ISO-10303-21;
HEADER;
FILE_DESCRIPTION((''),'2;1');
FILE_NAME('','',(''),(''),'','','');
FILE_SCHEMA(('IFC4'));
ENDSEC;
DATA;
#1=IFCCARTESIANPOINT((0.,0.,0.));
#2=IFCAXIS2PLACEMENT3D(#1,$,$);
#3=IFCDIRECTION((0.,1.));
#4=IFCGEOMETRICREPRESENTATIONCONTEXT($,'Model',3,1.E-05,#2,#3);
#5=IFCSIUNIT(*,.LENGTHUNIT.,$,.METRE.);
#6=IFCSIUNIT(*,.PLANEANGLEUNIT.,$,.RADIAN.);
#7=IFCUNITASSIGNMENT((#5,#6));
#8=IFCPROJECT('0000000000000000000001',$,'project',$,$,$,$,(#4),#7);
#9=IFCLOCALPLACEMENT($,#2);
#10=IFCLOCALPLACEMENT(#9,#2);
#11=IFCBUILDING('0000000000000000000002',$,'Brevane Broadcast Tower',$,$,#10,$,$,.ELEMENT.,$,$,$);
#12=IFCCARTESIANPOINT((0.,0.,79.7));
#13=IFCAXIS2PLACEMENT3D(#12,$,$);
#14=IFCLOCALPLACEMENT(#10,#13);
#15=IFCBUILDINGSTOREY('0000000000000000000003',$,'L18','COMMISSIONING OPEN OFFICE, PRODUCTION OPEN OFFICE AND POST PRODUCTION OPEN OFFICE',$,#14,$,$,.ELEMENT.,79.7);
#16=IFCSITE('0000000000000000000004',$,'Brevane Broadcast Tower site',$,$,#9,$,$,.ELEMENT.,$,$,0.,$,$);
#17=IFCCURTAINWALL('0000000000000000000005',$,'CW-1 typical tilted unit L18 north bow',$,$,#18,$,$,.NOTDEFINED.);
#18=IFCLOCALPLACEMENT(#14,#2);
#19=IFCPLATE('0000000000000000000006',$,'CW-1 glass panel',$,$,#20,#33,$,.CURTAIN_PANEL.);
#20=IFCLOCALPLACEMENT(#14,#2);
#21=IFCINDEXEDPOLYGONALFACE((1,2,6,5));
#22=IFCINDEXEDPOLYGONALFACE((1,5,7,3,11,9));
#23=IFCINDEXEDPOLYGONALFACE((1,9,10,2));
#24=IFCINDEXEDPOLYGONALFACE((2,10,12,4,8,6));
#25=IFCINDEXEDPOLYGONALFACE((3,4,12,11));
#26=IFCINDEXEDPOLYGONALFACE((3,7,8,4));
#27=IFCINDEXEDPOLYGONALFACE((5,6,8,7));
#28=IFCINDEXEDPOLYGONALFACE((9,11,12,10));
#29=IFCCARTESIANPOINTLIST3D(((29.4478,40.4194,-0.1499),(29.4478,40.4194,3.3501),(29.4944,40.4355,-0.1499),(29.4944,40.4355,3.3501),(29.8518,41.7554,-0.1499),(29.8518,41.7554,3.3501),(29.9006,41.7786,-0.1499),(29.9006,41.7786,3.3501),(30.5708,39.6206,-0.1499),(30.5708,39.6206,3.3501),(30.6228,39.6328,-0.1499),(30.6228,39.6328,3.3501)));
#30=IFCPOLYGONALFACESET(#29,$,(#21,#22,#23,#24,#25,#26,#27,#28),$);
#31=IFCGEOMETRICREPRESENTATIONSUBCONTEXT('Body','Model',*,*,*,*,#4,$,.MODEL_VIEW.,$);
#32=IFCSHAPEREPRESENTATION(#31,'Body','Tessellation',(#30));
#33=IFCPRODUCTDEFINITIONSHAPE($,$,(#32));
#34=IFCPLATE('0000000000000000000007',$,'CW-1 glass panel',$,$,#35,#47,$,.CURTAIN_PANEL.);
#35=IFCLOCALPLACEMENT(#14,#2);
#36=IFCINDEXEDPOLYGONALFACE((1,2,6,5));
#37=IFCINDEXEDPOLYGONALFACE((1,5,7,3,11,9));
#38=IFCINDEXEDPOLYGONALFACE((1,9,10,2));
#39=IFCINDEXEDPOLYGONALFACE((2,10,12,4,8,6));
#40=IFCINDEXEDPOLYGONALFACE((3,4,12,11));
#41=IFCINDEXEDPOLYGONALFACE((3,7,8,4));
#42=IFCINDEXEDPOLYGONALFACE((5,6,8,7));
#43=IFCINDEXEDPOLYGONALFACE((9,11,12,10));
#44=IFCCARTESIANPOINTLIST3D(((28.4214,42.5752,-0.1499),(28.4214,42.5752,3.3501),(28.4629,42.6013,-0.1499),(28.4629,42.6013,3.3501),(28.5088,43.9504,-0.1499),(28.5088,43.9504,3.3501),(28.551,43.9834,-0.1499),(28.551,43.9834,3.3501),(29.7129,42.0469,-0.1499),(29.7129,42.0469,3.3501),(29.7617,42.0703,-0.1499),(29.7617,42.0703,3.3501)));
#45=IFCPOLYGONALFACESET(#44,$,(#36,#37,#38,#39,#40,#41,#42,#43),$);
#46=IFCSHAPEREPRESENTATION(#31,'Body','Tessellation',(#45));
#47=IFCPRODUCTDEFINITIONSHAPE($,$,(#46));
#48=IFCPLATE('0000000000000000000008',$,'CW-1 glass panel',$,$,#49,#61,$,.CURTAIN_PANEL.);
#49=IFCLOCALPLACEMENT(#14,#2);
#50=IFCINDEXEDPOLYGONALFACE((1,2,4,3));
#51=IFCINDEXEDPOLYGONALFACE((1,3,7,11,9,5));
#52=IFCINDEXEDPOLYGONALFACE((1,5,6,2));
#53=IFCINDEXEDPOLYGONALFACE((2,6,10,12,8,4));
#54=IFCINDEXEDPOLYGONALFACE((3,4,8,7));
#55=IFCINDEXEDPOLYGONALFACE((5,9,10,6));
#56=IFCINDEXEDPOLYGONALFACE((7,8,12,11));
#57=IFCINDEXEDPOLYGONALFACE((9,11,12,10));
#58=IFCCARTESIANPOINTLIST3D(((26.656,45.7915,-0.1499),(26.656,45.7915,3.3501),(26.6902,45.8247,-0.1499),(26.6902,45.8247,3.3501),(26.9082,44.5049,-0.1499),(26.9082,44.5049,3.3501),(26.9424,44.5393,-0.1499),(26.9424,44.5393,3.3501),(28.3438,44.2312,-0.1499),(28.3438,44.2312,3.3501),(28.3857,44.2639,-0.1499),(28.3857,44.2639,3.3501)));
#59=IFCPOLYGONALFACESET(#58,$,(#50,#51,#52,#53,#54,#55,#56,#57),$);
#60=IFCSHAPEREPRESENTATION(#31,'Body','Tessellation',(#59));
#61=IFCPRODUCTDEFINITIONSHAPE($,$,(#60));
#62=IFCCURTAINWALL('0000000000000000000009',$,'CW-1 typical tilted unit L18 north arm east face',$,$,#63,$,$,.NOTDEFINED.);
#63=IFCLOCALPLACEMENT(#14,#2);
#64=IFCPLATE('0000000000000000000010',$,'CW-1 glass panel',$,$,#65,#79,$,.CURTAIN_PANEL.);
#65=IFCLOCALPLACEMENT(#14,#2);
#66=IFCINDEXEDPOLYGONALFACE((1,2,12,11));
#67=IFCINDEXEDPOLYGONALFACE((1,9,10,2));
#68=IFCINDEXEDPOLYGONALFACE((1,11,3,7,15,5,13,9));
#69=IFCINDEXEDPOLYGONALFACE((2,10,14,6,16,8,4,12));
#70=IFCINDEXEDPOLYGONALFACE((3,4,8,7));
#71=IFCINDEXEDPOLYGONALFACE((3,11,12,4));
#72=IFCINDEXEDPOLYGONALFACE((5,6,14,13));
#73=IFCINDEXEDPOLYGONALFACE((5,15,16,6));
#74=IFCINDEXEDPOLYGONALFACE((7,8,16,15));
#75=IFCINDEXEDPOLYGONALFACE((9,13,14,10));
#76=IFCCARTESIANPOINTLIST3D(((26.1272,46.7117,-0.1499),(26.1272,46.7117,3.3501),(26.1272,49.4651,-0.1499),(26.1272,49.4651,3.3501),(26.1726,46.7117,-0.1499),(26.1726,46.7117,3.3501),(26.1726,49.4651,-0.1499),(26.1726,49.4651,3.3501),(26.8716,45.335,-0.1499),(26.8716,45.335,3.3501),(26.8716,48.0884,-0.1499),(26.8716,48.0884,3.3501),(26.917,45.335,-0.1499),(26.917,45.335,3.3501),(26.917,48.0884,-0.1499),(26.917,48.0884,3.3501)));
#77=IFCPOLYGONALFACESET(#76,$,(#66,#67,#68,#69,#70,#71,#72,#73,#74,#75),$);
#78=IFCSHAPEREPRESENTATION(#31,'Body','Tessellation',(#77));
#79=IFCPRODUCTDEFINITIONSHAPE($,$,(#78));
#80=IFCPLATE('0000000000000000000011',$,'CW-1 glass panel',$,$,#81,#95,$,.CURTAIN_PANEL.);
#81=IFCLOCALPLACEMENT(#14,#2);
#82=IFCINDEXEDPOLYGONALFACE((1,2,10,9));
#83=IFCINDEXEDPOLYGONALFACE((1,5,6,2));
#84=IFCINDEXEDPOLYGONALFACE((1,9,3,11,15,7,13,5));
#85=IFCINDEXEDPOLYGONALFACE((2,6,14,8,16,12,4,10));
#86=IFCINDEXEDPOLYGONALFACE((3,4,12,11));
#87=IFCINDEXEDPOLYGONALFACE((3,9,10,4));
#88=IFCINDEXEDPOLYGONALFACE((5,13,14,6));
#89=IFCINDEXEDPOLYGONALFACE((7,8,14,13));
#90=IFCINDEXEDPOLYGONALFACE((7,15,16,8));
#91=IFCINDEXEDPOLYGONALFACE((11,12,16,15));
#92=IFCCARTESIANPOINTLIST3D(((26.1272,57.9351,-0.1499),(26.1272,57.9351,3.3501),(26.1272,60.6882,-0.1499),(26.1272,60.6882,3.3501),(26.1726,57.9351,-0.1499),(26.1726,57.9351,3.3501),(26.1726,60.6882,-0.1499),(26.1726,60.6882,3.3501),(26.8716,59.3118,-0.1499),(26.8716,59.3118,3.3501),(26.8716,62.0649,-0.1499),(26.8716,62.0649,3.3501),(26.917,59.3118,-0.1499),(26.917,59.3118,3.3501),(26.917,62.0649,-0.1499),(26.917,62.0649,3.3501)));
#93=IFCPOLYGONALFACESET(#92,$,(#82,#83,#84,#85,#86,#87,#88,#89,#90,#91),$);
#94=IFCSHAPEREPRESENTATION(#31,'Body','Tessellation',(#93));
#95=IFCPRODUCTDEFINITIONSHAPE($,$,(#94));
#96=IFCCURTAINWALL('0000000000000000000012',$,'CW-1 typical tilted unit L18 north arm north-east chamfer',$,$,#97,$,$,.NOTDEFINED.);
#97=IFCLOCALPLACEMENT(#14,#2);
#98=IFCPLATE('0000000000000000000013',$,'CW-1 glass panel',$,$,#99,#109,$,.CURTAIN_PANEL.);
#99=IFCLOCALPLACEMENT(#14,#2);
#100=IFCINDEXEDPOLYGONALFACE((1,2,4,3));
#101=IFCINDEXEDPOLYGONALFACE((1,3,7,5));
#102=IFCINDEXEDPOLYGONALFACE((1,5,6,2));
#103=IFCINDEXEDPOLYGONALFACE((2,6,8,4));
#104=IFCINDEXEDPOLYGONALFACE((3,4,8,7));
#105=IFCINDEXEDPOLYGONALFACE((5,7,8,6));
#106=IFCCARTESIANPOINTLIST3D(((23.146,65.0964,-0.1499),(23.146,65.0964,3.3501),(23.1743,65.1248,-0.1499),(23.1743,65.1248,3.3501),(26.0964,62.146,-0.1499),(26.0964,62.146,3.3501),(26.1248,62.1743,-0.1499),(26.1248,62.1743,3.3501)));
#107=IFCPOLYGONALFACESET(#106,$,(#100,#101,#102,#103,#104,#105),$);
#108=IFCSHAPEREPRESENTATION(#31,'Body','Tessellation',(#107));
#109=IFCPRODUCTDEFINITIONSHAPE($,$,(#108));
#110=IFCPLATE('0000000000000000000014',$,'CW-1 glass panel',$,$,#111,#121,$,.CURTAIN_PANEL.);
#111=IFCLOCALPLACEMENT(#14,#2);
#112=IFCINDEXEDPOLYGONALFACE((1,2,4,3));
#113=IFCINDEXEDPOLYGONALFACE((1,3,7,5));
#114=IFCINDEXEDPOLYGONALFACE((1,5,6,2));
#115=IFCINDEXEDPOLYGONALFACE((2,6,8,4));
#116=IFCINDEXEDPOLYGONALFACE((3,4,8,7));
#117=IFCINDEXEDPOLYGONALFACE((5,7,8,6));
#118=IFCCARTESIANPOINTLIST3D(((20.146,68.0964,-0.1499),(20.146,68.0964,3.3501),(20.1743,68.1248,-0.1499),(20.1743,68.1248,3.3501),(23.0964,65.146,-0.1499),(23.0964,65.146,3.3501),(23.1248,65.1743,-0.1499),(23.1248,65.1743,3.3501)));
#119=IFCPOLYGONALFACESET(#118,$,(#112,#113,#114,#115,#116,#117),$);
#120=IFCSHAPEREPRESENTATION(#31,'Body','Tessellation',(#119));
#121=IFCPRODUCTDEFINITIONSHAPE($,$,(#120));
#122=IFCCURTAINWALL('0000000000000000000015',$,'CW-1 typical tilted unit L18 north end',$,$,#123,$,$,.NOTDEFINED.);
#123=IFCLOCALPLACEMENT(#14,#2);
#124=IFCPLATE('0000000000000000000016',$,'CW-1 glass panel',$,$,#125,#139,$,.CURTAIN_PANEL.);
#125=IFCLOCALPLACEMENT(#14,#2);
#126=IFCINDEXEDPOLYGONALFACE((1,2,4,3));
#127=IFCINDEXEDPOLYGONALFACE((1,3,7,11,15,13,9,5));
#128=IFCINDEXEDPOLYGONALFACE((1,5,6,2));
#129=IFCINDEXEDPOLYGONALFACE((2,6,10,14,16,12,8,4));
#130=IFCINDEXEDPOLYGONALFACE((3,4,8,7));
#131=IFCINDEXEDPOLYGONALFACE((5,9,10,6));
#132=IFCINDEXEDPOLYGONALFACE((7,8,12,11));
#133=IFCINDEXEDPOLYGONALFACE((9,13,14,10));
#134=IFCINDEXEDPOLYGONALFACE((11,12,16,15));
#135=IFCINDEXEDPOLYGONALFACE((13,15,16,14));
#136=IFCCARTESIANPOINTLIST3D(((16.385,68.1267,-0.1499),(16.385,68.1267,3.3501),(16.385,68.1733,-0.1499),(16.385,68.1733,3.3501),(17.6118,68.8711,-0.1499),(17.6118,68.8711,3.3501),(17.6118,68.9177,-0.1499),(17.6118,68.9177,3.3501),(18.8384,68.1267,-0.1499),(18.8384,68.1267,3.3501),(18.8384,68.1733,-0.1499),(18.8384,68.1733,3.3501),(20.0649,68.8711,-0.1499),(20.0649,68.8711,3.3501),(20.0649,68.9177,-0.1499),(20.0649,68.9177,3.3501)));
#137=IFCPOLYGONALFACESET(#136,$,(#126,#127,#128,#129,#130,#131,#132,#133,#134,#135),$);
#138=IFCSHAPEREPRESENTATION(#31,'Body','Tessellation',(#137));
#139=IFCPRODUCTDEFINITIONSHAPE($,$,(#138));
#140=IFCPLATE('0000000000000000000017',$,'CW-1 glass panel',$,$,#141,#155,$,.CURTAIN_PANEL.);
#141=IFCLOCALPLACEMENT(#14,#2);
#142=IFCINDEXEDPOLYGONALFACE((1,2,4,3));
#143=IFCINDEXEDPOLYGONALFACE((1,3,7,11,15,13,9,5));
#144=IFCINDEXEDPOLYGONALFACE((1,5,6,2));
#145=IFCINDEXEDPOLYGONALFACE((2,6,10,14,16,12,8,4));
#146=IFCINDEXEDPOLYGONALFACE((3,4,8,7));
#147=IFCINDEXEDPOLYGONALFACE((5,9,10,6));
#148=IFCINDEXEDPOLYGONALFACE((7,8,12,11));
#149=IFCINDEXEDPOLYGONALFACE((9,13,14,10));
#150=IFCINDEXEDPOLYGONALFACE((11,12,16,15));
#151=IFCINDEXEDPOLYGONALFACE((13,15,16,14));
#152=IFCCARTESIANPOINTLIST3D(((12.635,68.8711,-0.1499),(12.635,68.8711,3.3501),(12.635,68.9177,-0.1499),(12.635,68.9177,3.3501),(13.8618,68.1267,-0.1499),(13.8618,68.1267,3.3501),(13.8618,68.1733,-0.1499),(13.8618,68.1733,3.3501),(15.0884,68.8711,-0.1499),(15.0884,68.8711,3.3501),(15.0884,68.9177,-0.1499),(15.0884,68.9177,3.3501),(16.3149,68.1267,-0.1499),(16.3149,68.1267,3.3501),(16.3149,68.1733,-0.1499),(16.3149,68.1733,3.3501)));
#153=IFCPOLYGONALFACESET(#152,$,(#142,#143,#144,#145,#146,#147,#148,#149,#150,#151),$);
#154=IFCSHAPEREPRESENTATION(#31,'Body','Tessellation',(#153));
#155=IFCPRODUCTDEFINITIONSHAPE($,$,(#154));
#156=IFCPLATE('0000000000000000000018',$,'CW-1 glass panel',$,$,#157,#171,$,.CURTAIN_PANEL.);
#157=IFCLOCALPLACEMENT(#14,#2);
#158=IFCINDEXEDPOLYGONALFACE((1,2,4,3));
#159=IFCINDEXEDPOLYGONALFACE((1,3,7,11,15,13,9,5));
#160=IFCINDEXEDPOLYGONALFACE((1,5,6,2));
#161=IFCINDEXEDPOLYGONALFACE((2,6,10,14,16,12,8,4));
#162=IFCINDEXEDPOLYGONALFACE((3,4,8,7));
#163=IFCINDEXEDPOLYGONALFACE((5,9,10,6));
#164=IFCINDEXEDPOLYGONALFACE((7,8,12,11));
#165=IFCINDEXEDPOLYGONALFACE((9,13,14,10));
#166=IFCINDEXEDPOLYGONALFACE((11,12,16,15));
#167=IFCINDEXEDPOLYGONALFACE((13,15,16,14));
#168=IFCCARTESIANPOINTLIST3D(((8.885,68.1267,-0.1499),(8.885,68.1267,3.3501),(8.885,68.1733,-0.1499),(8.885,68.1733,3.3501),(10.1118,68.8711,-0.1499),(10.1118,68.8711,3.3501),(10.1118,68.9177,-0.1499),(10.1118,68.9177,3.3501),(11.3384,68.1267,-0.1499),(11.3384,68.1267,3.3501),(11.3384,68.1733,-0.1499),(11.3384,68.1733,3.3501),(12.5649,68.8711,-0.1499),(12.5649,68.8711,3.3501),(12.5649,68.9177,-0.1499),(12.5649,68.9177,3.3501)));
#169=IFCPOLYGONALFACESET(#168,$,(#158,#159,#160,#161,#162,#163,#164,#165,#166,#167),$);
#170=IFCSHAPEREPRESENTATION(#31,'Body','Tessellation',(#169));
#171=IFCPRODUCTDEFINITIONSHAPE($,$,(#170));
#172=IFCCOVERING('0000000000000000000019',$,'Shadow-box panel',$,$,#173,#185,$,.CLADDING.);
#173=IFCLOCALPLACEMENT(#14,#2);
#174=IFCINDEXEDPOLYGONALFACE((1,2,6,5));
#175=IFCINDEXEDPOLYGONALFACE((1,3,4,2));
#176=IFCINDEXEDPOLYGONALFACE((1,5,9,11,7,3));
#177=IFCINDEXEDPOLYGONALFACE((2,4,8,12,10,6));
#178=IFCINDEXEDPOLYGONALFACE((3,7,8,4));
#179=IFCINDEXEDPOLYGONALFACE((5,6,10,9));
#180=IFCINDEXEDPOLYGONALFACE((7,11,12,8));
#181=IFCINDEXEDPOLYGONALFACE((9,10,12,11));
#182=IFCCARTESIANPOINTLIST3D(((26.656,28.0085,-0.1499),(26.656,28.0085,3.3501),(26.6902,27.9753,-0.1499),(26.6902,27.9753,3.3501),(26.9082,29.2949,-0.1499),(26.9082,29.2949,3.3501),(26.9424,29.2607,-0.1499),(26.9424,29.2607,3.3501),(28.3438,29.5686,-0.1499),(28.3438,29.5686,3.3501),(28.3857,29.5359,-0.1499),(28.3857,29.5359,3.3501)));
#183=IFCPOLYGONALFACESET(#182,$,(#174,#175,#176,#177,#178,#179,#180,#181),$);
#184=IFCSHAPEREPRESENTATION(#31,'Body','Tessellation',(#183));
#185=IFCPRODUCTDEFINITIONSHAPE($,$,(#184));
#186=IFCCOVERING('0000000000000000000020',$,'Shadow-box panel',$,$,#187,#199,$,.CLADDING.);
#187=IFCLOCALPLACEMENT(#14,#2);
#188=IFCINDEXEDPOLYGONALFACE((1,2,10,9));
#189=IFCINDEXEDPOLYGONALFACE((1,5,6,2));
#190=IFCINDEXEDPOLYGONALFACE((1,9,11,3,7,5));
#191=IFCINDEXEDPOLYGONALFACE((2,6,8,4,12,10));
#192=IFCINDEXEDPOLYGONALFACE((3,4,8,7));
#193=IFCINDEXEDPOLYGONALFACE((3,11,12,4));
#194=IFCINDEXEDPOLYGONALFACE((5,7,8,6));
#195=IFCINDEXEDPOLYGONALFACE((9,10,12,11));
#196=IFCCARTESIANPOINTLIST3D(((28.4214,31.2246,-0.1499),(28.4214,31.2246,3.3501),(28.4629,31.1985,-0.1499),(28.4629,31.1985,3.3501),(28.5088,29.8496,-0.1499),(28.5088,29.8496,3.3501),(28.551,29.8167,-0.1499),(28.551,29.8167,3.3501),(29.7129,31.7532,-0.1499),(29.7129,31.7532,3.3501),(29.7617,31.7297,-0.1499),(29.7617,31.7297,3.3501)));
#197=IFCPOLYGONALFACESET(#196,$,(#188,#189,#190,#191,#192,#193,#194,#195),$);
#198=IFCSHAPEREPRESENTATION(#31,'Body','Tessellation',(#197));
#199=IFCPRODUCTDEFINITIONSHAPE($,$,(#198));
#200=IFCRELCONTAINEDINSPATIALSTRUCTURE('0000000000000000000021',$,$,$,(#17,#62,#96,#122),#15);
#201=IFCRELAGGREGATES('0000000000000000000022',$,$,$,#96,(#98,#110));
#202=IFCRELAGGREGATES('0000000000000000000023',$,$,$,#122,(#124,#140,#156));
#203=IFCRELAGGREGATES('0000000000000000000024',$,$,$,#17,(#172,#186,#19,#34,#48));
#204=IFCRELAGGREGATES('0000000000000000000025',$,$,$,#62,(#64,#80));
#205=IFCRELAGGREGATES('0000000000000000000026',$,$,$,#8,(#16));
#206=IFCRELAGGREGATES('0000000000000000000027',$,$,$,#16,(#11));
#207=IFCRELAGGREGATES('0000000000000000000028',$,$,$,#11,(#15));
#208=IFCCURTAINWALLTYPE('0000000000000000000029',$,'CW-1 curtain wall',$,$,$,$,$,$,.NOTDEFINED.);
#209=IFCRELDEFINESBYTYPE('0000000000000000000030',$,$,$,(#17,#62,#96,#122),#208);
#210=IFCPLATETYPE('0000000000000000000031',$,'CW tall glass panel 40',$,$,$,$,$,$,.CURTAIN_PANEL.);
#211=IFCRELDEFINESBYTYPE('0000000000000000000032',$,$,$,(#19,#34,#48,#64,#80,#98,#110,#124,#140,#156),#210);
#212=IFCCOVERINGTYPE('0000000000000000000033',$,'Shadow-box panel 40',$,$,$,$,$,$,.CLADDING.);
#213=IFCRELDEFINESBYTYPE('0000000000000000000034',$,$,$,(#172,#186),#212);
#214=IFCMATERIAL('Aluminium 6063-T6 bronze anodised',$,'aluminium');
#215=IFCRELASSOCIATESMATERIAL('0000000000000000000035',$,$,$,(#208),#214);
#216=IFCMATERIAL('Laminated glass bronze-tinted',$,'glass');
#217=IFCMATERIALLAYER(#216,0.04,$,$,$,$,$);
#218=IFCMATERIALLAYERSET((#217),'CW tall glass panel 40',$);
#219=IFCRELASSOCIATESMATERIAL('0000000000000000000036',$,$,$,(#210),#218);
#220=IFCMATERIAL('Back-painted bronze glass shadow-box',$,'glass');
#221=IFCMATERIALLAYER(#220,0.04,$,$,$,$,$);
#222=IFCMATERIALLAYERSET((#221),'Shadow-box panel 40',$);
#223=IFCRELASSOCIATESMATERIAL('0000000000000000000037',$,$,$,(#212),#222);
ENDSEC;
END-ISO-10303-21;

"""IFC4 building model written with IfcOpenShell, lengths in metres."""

from ifc_helpers import new_model, si_unit, direction, frame, origin, place, context, subcontext, project, spatial, polyline, outline, extrude, material, layer, layer_set, type_object, element, aggregate, save


model = new_model("IFC4")

# Units and contexts
model_context = context("Model", 3, precision=1e-05, world=origin(), true_north=direction((0.0, 1.0)))
body_context = subcontext(model_context, "Body", "Model", "MODEL_VIEW")
ifc_project = project(units=[si_unit("LENGTHUNIT", "METRE"), si_unit("PLANEANGLEUNIT", "RADIAN")], contexts=[model_context])

# Site, building, storey
site_placement = place(None, origin())
site = spatial("IfcSite", under=ifc_project, at=site_placement, Name="Brevane Broadcast Tower site", CompositionType="ELEMENT", RefElevation=0.0)
building_placement = place(site_placement, origin())
building = spatial("IfcBuilding", under=site, at=building_placement, Name="Brevane Broadcast Tower", CompositionType="ELEMENT")
storey_placement = place(building_placement, frame((0.0, 0.0, 79.7)))
storey = spatial("IfcBuildingStorey", under=building, at=storey_placement, Name="L18", Description="COMMISSIONING OPEN OFFICE, PRODUCTION OPEN OFFICE AND POST PRODUCTION OPEN OFFICE", CompositionType="ELEMENT", Elevation=79.7)

# Shared definitions
ifc_material_1 = material(Name="Aluminium 6063-T6 bronze anodised", Category="aluminium")
curtain_wall_type = type_object("IfcCurtainWallType", Name="CW-1 curtain wall", PredefinedType="NOTDEFINED", material=ifc_material_1)

# Curtain walls, plates
ifc_material_2 = material(Name="Laminated glass bronze-tinted", Category="glass")
ifc_layer_1 = layer(ifc_material_2, 0.04)
ifc_layer_set_1 = layer_set([ifc_layer_1], Name="CW tall glass panel 40")
plate_type = type_object("IfcPlateType", Name="CW tall glass panel 40", PredefinedType="CURTAIN_PANEL", material=ifc_layer_set_1)
curtain_wall_1_placement = place(storey_placement, origin())
curtain_wall_1 = element("IfcCurtainWall", 1, at=curtain_wall_1_placement, inside=storey, type_object=curtain_wall_type, Name="CW-1 typical tilted unit L18 north bow", PredefinedType="NOTDEFINED")
plate_1_placement = place(storey_placement, frame((0.0, 0.0, -0.1499)))
plate_1 = element("IfcPlate", 2, at=plate_1_placement, type_object=plate_type, Name="CW-1 glass panel", PredefinedType="CURTAIN_PANEL", context=body_context, shape_type="SweptSolid", body=[
    extrude(outline(polyline([(30.5708, 39.6206), (30.6228, 39.6328), (29.4944, 40.4355), (29.9006, 41.7786), (29.8518, 41.7554), (29.4478, 40.4194), (30.5708, 39.6206)])), origin(), (0.0, 0.0, 1.0), 3.5),
])
plate_2_placement = place(storey_placement, frame((0.0, 0.0, -0.1499)))
plate_2 = element("IfcPlate", 3, at=plate_2_placement, type_object=plate_type, Name="CW-1 glass panel", PredefinedType="CURTAIN_PANEL", context=body_context, shape_type="SweptSolid", body=[
    extrude(outline(polyline([(29.7129, 42.0469), (29.7617, 42.0703), (28.4629, 42.6013), (28.551, 43.9834), (28.5088, 43.9504), (28.4214, 42.5752), (29.7129, 42.0469)])), origin(), (0.0, 0.0, 1.0), 3.5),
])
plate_3_placement = place(storey_placement, frame((0.0, 0.0, -0.1499)))
plate_3 = element("IfcPlate", 4, at=plate_3_placement, type_object=plate_type, Name="CW-1 glass panel", PredefinedType="CURTAIN_PANEL", context=body_context, shape_type="SweptSolid", body=[
    extrude(outline(polyline([(28.3438, 44.2312), (28.3857, 44.2639), (26.9424, 44.5393), (26.6902, 45.8247), (26.656, 45.7915), (26.9082, 44.5049), (28.3438, 44.2312)])), origin(), (0.0, 0.0, 1.0), 3.5),
])
curtain_wall_2_placement = place(storey_placement, origin())
curtain_wall_2 = element("IfcCurtainWall", 5, at=curtain_wall_2_placement, inside=storey, type_object=curtain_wall_type, Name="CW-1 typical tilted unit L18 north arm east face", PredefinedType="NOTDEFINED")
plate_4_placement = place(storey_placement, frame((0.0, 0.0, -0.1499)))
plate_4 = element("IfcPlate", 6, at=plate_4_placement, type_object=plate_type, Name="CW-1 glass panel", PredefinedType="CURTAIN_PANEL", context=body_context, shape_type="SweptSolid", body=[
    extrude(outline(polyline([(26.8716, 45.335), (26.917, 45.335), (26.1726, 46.7117), (26.917, 48.0884), (26.1726, 49.4651), (26.1272, 49.4651), (26.8716, 48.0884), (26.1272, 46.7117), (26.8716, 45.335)])), origin(), (0.0, 0.0, 1.0), 3.5),
])
plate_5_placement = place(storey_placement, frame((0.0, 0.0, -0.1499)))
plate_5 = element("IfcPlate", 7, at=plate_5_placement, type_object=plate_type, Name="CW-1 glass panel", PredefinedType="CURTAIN_PANEL", context=body_context, shape_type="SweptSolid", body=[
    extrude(outline(polyline([(26.1272, 57.9351), (26.1726, 57.9351), (26.917, 59.3118), (26.1726, 60.6882), (26.917, 62.0649), (26.8716, 62.0649), (26.1272, 60.6882), (26.8716, 59.3118), (26.1272, 57.9351)])), origin(), (0.0, 0.0, 1.0), 3.5),
])
curtain_wall_3_placement = place(storey_placement, origin())
curtain_wall_3 = element("IfcCurtainWall", 8, at=curtain_wall_3_placement, inside=storey, type_object=curtain_wall_type, Name="CW-1 typical tilted unit L18 north arm north-east chamfer", PredefinedType="NOTDEFINED")
plate_6_placement = place(storey_placement, frame((0.0, 0.0, -0.1499)))
plate_6 = element("IfcPlate", 9, at=plate_6_placement, type_object=plate_type, Name="CW-1 glass panel", PredefinedType="CURTAIN_PANEL", context=body_context, shape_type="SweptSolid", body=[
    extrude(outline(polyline([(26.0964, 62.146), (23.146, 65.0964), (23.1743, 65.1248), (26.1248, 62.1743), (26.0964, 62.146)])), origin(), (0.0, 0.0, 1.0), 3.5),
])
plate_7_placement = place(storey_placement, frame((0.0, 0.0, -0.1499)))
plate_7 = element("IfcPlate", 10, at=plate_7_placement, type_object=plate_type, Name="CW-1 glass panel", PredefinedType="CURTAIN_PANEL", context=body_context, shape_type="SweptSolid", body=[
    extrude(outline(polyline([(23.0964, 65.146), (20.146, 68.0964), (20.1743, 68.1248), (23.1248, 65.1743), (23.0964, 65.146)])), origin(), (0.0, 0.0, 1.0), 3.5),
])
aggregate(curtain_wall_3, [plate_6, plate_7])
curtain_wall_4_placement = place(storey_placement, origin())
curtain_wall_4 = element("IfcCurtainWall", 11, at=curtain_wall_4_placement, inside=storey, type_object=curtain_wall_type, Name="CW-1 typical tilted unit L18 north end", PredefinedType="NOTDEFINED")
plate_8_placement = place(storey_placement, frame((0.0, 0.0, -0.1499)))
plate_8 = element("IfcPlate", 12, at=plate_8_placement, type_object=plate_type, Name="CW-1 glass panel", PredefinedType="CURTAIN_PANEL", context=body_context, shape_type="SweptSolid", body=[
    extrude(outline(polyline([(20.0649, 68.8711), (20.0649, 68.9177), (18.8384, 68.1733), (17.6118, 68.9177), (16.385, 68.1733), (16.385, 68.1267), (17.6118, 68.8711), (18.8384, 68.1267), (20.0649, 68.8711)])), origin(), (0.0, 0.0, 1.0), 3.5),
])
plate_9_placement = place(storey_placement, frame((0.0, 0.0, -0.1499)))
plate_9 = element("IfcPlate", 13, at=plate_9_placement, type_object=plate_type, Name="CW-1 glass panel", PredefinedType="CURTAIN_PANEL", context=body_context, shape_type="SweptSolid", body=[
    extrude(outline(polyline([(16.3149, 68.1267), (16.3149, 68.1733), (15.0884, 68.9177), (13.8618, 68.1733), (12.635, 68.9177), (12.635, 68.8711), (13.8618, 68.1267), (15.0884, 68.8711), (16.3149, 68.1267)])), origin(), (0.0, 0.0, 1.0), 3.5),
])
plate_10_placement = place(storey_placement, frame((0.0, 0.0, -0.1499)))
plate_10 = element("IfcPlate", 14, at=plate_10_placement, type_object=plate_type, Name="CW-1 glass panel", PredefinedType="CURTAIN_PANEL", context=body_context, shape_type="SweptSolid", body=[
    extrude(outline(polyline([(12.5649, 68.8711), (12.5649, 68.9177), (11.3384, 68.1733), (10.1118, 68.9177), (8.885, 68.1733), (8.885, 68.1267), (10.1118, 68.8711), (11.3384, 68.1267), (12.5649, 68.8711)])), origin(), (0.0, 0.0, 1.0), 3.5),
])
aggregate(curtain_wall_4, [plate_8, plate_9, plate_10])

# Coverings
ifc_material_3 = material(Name="Back-painted bronze glass shadow-box", Category="glass")
ifc_layer_2 = layer(ifc_material_3, 0.04)
ifc_layer_set_2 = layer_set([ifc_layer_2], Name="Shadow-box panel 40")
covering_type = type_object("IfcCoveringType", Name="Shadow-box panel 40", PredefinedType="CLADDING", material=ifc_layer_set_2)
covering_1_placement = place(storey_placement, frame((0.0, 0.0, -0.1499)))
covering_1 = element("IfcCovering", 15, at=covering_1_placement, type_object=covering_type, Name="Shadow-box panel", PredefinedType="CLADDING", context=body_context, shape_type="SweptSolid", body=[
    extrude(outline(polyline([(26.656, 28.0085), (26.6902, 27.9753), (26.9424, 29.2607), (28.3857, 29.5359), (28.3438, 29.5686), (26.9082, 29.2949), (26.656, 28.0085)])), origin(), (0.0, 0.0, 1.0), 3.5),
])
covering_2_placement = place(storey_placement, frame((0.0, 0.0, -0.1499)))
covering_2 = element("IfcCovering", 16, at=covering_2_placement, type_object=covering_type, Name="Shadow-box panel", PredefinedType="CLADDING", context=body_context, shape_type="SweptSolid", body=[
    extrude(outline(polyline([(28.5088, 29.8496), (28.551, 29.8167), (28.4629, 31.1985), (29.7617, 31.7297), (29.7129, 31.7532), (28.4214, 31.2246), (28.5088, 29.8496)])), origin(), (0.0, 0.0, 1.0), 3.5),
])
aggregate(curtain_wall_1, [covering_1, covering_2, plate_1, plate_2, plate_3])
aggregate(curtain_wall_2, [plate_4, plate_5])

save(model, "model.ifc")
